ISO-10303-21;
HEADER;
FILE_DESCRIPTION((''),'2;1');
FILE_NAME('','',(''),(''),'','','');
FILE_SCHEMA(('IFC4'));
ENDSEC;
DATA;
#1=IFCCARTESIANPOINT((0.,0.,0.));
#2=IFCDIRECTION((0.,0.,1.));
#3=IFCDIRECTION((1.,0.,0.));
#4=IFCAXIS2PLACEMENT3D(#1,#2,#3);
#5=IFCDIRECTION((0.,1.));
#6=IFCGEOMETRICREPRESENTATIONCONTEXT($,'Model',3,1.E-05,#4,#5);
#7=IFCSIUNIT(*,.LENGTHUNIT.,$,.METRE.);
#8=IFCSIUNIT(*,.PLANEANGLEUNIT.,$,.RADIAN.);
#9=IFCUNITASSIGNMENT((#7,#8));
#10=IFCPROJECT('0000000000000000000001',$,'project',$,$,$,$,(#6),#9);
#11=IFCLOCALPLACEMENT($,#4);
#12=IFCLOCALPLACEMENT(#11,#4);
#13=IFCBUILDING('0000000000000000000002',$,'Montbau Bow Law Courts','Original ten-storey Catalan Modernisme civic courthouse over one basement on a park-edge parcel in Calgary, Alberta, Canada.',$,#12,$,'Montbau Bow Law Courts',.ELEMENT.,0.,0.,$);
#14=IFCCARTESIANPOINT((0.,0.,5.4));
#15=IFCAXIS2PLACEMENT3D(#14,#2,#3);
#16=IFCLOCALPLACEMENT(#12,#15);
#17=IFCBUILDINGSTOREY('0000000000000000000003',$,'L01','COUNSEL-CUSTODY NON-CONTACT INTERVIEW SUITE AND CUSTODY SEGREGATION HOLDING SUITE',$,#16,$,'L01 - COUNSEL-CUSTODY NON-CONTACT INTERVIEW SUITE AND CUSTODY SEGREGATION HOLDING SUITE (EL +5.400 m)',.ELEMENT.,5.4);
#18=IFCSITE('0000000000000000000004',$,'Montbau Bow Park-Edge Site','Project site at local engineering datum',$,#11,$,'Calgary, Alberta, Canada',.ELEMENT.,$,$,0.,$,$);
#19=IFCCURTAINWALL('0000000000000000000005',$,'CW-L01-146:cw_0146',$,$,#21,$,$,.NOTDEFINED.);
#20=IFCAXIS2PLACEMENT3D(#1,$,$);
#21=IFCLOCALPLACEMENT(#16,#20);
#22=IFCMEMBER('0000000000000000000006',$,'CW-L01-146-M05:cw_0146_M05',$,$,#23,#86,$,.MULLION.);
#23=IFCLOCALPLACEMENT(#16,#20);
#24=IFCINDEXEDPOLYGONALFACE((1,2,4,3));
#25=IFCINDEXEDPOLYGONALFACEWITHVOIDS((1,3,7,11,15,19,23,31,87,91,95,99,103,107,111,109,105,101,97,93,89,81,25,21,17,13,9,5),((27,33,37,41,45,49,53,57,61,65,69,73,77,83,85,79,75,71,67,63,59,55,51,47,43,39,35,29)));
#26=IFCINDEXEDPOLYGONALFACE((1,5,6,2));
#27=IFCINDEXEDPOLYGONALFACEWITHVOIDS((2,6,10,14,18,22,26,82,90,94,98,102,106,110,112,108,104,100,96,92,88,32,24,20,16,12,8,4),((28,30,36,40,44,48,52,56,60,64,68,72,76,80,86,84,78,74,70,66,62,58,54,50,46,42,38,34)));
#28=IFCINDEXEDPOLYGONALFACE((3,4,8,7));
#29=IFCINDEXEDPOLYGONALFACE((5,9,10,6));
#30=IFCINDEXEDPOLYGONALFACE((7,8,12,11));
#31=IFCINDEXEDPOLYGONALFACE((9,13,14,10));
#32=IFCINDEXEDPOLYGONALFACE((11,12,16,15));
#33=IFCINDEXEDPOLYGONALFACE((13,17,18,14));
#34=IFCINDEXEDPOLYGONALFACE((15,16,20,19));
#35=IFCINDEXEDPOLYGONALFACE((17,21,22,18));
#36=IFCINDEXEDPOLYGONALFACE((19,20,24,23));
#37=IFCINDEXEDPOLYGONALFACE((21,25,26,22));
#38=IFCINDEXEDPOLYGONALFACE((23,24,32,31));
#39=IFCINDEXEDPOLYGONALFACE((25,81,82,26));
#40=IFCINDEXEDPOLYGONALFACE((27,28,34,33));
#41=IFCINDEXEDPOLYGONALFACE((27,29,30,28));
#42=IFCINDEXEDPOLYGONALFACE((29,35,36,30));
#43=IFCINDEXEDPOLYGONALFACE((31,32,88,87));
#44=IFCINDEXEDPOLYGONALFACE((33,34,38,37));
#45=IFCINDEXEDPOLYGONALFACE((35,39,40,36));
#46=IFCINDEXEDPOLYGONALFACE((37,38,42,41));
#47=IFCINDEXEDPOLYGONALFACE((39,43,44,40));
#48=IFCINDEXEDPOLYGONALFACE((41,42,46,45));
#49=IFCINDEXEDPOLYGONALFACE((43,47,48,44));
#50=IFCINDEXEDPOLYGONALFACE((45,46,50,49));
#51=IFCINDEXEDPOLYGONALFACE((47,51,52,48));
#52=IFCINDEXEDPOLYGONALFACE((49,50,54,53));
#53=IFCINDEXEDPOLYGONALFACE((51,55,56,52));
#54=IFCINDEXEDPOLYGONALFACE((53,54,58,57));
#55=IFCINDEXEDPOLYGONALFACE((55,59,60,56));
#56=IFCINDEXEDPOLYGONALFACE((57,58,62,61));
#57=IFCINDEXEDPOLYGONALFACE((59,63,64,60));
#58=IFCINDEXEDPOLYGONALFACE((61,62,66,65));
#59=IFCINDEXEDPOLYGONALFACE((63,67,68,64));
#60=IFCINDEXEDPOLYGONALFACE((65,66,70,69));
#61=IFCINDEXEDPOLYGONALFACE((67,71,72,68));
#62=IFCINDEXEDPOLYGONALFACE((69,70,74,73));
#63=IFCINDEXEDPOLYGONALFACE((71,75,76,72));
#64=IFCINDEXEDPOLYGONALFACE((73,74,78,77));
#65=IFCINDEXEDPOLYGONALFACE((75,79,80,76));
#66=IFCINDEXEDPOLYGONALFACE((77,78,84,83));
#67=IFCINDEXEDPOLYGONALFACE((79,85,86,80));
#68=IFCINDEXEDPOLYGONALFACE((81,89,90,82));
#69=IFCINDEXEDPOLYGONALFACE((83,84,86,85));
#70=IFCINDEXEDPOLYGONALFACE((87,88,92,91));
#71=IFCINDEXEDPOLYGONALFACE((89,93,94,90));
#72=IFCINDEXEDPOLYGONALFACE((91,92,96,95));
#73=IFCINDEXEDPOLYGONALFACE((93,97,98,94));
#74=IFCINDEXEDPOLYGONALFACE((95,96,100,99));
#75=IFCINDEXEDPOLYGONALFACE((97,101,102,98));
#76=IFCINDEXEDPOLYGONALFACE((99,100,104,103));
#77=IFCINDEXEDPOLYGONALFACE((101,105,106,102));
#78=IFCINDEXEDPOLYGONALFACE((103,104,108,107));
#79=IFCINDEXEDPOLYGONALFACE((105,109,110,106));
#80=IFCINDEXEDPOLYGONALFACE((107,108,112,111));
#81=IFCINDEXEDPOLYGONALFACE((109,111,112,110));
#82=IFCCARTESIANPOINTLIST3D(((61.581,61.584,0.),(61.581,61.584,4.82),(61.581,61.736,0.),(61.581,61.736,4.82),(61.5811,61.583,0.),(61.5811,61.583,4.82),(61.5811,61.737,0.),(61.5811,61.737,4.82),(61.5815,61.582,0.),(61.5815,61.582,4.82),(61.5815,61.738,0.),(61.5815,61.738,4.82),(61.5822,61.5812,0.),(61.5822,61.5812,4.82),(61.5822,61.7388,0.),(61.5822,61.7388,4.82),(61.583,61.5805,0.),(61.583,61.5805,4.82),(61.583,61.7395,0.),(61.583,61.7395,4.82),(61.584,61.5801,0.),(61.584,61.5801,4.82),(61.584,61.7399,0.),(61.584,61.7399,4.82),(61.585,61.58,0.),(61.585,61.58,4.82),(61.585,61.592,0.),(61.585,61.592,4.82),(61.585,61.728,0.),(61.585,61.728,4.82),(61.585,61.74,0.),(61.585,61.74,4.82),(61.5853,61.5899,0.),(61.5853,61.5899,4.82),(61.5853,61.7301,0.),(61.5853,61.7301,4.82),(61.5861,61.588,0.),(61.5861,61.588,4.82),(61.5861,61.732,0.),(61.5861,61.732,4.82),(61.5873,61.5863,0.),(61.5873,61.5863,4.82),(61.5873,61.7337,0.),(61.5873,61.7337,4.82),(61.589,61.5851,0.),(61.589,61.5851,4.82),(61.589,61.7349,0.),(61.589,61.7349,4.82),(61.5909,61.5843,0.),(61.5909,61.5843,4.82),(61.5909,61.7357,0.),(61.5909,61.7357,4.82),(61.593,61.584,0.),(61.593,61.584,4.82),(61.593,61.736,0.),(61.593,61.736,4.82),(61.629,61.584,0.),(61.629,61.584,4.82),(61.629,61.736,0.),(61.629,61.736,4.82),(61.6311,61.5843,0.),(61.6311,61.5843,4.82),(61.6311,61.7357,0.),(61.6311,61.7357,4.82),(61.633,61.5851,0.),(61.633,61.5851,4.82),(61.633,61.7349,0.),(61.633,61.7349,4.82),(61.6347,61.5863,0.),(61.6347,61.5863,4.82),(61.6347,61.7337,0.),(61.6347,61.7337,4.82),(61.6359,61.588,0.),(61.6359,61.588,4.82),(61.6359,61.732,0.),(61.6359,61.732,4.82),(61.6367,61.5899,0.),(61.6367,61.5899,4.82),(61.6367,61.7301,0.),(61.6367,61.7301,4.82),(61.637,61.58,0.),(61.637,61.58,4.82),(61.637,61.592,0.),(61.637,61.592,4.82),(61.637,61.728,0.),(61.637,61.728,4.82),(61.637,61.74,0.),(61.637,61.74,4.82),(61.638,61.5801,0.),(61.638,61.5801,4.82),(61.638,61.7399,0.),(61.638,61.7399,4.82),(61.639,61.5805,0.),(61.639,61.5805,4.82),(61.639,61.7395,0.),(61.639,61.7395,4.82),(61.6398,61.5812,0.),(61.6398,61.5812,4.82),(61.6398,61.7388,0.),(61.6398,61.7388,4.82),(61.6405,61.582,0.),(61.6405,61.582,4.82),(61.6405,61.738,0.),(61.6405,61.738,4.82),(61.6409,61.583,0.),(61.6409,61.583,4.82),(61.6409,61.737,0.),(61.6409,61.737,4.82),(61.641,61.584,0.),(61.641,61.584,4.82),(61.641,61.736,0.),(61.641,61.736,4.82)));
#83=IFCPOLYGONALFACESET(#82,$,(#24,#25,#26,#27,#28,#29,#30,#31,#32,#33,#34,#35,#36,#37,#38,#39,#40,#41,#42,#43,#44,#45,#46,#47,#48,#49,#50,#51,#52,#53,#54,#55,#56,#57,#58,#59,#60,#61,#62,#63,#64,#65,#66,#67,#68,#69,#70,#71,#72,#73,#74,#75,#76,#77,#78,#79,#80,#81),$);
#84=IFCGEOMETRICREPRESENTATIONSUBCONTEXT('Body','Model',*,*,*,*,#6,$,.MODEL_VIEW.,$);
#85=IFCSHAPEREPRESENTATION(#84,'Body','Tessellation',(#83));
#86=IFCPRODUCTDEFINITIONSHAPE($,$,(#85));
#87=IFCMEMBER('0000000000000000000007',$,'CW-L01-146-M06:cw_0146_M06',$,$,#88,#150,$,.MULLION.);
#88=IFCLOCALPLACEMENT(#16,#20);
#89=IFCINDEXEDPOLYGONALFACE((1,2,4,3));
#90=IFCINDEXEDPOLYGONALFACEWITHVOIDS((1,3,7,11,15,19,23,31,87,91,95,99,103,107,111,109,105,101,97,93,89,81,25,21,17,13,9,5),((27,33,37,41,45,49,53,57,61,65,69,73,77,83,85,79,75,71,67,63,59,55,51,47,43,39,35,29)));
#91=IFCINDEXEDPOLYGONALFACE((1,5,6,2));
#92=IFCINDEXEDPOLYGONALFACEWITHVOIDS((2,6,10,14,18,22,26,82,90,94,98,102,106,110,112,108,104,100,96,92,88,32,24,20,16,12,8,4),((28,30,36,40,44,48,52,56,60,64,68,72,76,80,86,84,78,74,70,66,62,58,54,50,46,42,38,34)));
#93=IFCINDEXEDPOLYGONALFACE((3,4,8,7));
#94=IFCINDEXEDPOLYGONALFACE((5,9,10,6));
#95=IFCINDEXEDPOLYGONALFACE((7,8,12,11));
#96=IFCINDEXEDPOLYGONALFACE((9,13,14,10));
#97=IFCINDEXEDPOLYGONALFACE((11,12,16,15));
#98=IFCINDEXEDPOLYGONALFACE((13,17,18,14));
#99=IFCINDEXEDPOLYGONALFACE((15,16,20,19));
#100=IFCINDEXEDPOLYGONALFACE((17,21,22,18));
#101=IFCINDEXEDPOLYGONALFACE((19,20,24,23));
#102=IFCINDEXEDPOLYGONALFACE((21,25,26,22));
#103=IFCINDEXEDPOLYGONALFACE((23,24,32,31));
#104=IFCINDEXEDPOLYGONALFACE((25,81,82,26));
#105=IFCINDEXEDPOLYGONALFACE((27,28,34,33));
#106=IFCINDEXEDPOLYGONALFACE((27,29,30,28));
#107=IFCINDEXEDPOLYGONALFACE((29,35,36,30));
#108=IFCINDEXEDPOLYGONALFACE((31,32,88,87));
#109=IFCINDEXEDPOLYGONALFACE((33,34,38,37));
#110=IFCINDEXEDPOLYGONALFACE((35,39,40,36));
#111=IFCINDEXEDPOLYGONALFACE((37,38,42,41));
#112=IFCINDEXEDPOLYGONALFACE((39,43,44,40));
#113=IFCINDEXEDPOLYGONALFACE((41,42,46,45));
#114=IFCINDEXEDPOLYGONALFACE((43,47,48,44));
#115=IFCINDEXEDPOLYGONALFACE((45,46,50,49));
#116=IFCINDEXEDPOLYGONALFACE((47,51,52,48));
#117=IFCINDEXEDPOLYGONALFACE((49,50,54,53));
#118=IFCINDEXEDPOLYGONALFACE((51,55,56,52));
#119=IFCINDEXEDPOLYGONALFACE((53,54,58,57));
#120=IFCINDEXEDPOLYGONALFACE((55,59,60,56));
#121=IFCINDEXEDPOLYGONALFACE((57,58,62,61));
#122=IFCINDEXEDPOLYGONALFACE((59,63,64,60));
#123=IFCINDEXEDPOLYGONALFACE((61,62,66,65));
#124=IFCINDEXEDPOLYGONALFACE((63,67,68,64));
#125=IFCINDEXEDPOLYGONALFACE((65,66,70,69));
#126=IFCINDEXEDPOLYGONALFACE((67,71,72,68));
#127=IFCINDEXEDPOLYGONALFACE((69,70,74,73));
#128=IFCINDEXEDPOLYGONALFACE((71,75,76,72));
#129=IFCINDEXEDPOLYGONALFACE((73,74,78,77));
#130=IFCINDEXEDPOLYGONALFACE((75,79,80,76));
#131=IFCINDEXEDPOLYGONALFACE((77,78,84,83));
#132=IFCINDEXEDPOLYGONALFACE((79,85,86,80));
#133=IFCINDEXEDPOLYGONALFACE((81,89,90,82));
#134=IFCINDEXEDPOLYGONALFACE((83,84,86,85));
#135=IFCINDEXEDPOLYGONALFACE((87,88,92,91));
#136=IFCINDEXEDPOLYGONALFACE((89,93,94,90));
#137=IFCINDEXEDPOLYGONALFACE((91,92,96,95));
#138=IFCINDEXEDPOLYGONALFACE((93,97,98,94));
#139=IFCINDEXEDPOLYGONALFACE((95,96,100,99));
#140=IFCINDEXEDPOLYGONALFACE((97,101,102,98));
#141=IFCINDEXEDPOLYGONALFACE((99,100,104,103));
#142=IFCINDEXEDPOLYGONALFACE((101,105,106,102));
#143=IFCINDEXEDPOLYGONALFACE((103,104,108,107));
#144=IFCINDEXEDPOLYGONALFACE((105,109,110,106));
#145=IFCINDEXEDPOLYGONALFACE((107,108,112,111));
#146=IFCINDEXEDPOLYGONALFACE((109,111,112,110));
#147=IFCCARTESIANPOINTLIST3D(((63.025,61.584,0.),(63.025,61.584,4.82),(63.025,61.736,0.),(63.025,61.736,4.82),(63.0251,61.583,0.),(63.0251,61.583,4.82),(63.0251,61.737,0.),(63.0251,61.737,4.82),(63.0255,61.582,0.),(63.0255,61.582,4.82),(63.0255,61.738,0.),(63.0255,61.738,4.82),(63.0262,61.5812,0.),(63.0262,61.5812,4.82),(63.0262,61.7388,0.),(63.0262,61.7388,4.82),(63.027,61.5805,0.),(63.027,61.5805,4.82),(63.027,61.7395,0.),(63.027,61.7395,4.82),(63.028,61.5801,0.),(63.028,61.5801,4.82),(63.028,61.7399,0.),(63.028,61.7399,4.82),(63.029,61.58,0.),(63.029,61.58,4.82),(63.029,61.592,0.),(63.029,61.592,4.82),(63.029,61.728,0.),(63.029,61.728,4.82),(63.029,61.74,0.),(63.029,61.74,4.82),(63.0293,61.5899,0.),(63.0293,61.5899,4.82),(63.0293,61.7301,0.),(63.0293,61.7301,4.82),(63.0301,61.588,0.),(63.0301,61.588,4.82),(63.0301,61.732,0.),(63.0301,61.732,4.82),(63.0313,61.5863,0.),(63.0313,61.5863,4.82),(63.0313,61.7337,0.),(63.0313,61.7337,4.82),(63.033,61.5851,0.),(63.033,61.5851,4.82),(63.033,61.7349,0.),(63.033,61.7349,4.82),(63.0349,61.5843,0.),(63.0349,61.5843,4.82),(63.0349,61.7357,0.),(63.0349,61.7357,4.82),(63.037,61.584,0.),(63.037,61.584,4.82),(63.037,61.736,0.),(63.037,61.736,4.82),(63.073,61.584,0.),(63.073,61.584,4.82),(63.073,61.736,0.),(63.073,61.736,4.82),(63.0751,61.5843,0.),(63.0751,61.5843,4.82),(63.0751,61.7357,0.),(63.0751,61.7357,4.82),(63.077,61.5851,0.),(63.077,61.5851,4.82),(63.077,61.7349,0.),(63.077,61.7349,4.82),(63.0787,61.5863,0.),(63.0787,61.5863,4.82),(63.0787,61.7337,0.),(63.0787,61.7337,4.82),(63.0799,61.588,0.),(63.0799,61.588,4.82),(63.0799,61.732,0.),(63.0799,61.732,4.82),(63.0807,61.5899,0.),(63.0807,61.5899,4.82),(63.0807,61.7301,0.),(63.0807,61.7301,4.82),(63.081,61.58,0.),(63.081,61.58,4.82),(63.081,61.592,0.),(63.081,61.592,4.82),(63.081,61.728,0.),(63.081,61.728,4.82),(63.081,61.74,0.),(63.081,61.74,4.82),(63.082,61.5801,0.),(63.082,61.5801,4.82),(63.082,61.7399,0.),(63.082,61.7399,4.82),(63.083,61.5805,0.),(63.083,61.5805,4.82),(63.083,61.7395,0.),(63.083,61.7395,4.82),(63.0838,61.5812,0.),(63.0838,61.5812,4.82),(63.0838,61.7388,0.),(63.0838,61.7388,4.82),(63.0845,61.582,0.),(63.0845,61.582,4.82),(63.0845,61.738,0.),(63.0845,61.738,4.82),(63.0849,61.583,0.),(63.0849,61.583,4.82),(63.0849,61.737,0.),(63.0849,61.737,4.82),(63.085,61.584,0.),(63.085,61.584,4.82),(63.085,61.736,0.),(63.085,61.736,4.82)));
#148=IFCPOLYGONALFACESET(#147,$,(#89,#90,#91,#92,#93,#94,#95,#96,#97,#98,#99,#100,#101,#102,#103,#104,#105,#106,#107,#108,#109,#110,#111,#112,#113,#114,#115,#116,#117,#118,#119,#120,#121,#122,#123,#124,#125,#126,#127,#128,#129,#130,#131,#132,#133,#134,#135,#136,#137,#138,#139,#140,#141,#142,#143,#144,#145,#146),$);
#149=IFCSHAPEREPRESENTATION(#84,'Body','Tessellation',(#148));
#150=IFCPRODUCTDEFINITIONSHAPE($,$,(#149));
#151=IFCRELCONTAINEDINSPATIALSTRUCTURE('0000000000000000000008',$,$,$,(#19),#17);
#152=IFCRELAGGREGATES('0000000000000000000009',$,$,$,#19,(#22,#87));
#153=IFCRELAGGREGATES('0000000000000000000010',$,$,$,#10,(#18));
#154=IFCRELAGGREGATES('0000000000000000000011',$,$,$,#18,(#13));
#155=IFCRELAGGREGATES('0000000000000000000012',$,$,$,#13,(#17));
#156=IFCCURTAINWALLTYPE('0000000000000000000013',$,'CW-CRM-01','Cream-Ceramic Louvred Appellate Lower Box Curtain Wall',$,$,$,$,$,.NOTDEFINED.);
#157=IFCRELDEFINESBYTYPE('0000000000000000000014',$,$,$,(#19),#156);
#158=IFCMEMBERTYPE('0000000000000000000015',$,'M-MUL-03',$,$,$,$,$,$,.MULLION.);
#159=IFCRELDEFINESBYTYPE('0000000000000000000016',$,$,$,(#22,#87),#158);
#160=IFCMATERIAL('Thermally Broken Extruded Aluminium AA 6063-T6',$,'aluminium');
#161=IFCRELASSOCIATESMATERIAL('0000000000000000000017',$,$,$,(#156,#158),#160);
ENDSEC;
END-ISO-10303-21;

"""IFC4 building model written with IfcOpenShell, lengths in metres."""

from ifc_helpers import new_model, si_unit, direction, frame, origin_with_axes, origin_2d_with_axis, place, context, subcontext, project, spatial, hollow_rectangle, extrude, material, material_profile, profile_set, type_object, element, aggregate, save


model = new_model("IFC4")

# Units and contexts
model_context = context("Model", 3, precision=1e-05, world=origin_with_axes(), true_north=direction((0.0, 1.0)))
body_context = subcontext(model_context, "Body", "Model", "MODEL_VIEW")
ifc_project = project(units=[si_unit("LENGTHUNIT", "METRE"), si_unit("PLANEANGLEUNIT", "RADIAN")], contexts=[model_context])

# Site, building, storey
site_placement = place(None, origin_with_axes())
site = spatial("IfcSite", under=ifc_project, at=site_placement, Name="Montbau Bow Park-Edge Site", Description="Project site at local engineering datum", LongName="Calgary, Alberta, Canada", CompositionType="ELEMENT", RefElevation=0.0)
building_placement = place(site_placement, origin_with_axes())
building = spatial("IfcBuilding", under=site, at=building_placement, Name="Montbau Bow Law Courts", Description="Original ten-storey Catalan Modernisme civic courthouse over one basement on a park-edge parcel in Calgary, Alberta, Canada.", LongName="Montbau Bow Law Courts", CompositionType="ELEMENT", ElevationOfRefHeight=0.0, ElevationOfTerrain=0.0)
storey_placement = place(building_placement, frame((0.0, 0.0, 5.4), z_axis=(0.0, 0.0, 1.0), x_axis=(1.0, 0.0, 0.0)))
storey = spatial("IfcBuildingStorey", under=building, at=storey_placement, Name="L01", Description="COUNSEL-CUSTODY NON-CONTACT INTERVIEW SUITE AND CUSTODY SEGREGATION HOLDING SUITE", LongName="L01 - COUNSEL-CUSTODY NON-CONTACT INTERVIEW SUITE AND CUSTODY SEGREGATION HOLDING SUITE (EL +5.400 m)", CompositionType="ELEMENT", Elevation=5.4)

# Shared definitions
ifc_material_1 = material(Name="Thermally Broken Extruded Aluminium AA 6063-T6", Category="aluminium")
curtain_wall_type = type_object("IfcCurtainWallType", Name="CW-CRM-01", Description="Cream-Ceramic Louvred Appellate Lower Box Curtain Wall", PredefinedType="NOTDEFINED", material=ifc_material_1)

# Curtain wall, members
curtain_wall_1_placement = place(None, frame((55.715, 61.66, 5.4), z_axis=(0.0, 0.0, 1.0), x_axis=(1.0, 0.0, 0.0)))
curtain_wall_1 = element("IfcCurtainWall", 1, at=curtain_wall_1_placement, inside=storey, type_object=curtain_wall_type, Name="CW-L01-146:cw_0146", PredefinedType="NOTDEFINED")
ifc_material_profile_1 = material_profile(ifc_material_1, hollow_rectangle(XDim=0.06, YDim=0.16, WallThickness=0.004, InnerFilletRadius=0.008, OuterFilletRadius=0.004, at=origin_2d_with_axis()), Name="CWM-160X60", Category="Main", Priority=0)
ifc_profile_set_1 = profile_set([ifc_material_profile_1], Name="Thermally Broken Extruded Aluminium AA 6063-T6")
member_type_1 = type_object("IfcMemberType", Name="M-MUL-03", PredefinedType="MULLION", material=ifc_profile_set_1)
member_1_placement = place(None, frame((61.611, 61.66, 5.4), z_axis=(0.0, 0.0, 1.0), x_axis=(1.0, 0.0, 0.0)))
member_1 = element("IfcMember", 2, at=member_1_placement, type_object=member_type_1, Name="CW-L01-146-M05:cw_0146_M05", PredefinedType="MULLION", context=body_context, shape_type="SweptSolid", body=[
    extrude(hollow_rectangle(XDim=0.06, YDim=0.16, WallThickness=0.004, InnerFilletRadius=0.008, OuterFilletRadius=0.004, at=origin_2d_with_axis()), origin_with_axes(), (0.0, 0.0, 1.0), 4.82),
])
member_2_placement = place(None, frame((63.055, 61.66, 5.4), z_axis=(0.0, 0.0, 1.0), x_axis=(1.0, 0.0, 0.0)))
member_2 = element("IfcMember", 3, at=member_2_placement, type_object=member_type_1, Name="CW-L01-146-M06:cw_0146_M06", PredefinedType="MULLION", context=body_context, shape_type="SweptSolid", body=[
    extrude(hollow_rectangle(XDim=0.06, YDim=0.16, WallThickness=0.004, InnerFilletRadius=0.008, OuterFilletRadius=0.004, at=origin_2d_with_axis()), origin_with_axes(), (0.0, 0.0, 1.0), 4.82),
])
aggregate(curtain_wall_1, [member_1, member_2])

save(model, "model.ifc")
